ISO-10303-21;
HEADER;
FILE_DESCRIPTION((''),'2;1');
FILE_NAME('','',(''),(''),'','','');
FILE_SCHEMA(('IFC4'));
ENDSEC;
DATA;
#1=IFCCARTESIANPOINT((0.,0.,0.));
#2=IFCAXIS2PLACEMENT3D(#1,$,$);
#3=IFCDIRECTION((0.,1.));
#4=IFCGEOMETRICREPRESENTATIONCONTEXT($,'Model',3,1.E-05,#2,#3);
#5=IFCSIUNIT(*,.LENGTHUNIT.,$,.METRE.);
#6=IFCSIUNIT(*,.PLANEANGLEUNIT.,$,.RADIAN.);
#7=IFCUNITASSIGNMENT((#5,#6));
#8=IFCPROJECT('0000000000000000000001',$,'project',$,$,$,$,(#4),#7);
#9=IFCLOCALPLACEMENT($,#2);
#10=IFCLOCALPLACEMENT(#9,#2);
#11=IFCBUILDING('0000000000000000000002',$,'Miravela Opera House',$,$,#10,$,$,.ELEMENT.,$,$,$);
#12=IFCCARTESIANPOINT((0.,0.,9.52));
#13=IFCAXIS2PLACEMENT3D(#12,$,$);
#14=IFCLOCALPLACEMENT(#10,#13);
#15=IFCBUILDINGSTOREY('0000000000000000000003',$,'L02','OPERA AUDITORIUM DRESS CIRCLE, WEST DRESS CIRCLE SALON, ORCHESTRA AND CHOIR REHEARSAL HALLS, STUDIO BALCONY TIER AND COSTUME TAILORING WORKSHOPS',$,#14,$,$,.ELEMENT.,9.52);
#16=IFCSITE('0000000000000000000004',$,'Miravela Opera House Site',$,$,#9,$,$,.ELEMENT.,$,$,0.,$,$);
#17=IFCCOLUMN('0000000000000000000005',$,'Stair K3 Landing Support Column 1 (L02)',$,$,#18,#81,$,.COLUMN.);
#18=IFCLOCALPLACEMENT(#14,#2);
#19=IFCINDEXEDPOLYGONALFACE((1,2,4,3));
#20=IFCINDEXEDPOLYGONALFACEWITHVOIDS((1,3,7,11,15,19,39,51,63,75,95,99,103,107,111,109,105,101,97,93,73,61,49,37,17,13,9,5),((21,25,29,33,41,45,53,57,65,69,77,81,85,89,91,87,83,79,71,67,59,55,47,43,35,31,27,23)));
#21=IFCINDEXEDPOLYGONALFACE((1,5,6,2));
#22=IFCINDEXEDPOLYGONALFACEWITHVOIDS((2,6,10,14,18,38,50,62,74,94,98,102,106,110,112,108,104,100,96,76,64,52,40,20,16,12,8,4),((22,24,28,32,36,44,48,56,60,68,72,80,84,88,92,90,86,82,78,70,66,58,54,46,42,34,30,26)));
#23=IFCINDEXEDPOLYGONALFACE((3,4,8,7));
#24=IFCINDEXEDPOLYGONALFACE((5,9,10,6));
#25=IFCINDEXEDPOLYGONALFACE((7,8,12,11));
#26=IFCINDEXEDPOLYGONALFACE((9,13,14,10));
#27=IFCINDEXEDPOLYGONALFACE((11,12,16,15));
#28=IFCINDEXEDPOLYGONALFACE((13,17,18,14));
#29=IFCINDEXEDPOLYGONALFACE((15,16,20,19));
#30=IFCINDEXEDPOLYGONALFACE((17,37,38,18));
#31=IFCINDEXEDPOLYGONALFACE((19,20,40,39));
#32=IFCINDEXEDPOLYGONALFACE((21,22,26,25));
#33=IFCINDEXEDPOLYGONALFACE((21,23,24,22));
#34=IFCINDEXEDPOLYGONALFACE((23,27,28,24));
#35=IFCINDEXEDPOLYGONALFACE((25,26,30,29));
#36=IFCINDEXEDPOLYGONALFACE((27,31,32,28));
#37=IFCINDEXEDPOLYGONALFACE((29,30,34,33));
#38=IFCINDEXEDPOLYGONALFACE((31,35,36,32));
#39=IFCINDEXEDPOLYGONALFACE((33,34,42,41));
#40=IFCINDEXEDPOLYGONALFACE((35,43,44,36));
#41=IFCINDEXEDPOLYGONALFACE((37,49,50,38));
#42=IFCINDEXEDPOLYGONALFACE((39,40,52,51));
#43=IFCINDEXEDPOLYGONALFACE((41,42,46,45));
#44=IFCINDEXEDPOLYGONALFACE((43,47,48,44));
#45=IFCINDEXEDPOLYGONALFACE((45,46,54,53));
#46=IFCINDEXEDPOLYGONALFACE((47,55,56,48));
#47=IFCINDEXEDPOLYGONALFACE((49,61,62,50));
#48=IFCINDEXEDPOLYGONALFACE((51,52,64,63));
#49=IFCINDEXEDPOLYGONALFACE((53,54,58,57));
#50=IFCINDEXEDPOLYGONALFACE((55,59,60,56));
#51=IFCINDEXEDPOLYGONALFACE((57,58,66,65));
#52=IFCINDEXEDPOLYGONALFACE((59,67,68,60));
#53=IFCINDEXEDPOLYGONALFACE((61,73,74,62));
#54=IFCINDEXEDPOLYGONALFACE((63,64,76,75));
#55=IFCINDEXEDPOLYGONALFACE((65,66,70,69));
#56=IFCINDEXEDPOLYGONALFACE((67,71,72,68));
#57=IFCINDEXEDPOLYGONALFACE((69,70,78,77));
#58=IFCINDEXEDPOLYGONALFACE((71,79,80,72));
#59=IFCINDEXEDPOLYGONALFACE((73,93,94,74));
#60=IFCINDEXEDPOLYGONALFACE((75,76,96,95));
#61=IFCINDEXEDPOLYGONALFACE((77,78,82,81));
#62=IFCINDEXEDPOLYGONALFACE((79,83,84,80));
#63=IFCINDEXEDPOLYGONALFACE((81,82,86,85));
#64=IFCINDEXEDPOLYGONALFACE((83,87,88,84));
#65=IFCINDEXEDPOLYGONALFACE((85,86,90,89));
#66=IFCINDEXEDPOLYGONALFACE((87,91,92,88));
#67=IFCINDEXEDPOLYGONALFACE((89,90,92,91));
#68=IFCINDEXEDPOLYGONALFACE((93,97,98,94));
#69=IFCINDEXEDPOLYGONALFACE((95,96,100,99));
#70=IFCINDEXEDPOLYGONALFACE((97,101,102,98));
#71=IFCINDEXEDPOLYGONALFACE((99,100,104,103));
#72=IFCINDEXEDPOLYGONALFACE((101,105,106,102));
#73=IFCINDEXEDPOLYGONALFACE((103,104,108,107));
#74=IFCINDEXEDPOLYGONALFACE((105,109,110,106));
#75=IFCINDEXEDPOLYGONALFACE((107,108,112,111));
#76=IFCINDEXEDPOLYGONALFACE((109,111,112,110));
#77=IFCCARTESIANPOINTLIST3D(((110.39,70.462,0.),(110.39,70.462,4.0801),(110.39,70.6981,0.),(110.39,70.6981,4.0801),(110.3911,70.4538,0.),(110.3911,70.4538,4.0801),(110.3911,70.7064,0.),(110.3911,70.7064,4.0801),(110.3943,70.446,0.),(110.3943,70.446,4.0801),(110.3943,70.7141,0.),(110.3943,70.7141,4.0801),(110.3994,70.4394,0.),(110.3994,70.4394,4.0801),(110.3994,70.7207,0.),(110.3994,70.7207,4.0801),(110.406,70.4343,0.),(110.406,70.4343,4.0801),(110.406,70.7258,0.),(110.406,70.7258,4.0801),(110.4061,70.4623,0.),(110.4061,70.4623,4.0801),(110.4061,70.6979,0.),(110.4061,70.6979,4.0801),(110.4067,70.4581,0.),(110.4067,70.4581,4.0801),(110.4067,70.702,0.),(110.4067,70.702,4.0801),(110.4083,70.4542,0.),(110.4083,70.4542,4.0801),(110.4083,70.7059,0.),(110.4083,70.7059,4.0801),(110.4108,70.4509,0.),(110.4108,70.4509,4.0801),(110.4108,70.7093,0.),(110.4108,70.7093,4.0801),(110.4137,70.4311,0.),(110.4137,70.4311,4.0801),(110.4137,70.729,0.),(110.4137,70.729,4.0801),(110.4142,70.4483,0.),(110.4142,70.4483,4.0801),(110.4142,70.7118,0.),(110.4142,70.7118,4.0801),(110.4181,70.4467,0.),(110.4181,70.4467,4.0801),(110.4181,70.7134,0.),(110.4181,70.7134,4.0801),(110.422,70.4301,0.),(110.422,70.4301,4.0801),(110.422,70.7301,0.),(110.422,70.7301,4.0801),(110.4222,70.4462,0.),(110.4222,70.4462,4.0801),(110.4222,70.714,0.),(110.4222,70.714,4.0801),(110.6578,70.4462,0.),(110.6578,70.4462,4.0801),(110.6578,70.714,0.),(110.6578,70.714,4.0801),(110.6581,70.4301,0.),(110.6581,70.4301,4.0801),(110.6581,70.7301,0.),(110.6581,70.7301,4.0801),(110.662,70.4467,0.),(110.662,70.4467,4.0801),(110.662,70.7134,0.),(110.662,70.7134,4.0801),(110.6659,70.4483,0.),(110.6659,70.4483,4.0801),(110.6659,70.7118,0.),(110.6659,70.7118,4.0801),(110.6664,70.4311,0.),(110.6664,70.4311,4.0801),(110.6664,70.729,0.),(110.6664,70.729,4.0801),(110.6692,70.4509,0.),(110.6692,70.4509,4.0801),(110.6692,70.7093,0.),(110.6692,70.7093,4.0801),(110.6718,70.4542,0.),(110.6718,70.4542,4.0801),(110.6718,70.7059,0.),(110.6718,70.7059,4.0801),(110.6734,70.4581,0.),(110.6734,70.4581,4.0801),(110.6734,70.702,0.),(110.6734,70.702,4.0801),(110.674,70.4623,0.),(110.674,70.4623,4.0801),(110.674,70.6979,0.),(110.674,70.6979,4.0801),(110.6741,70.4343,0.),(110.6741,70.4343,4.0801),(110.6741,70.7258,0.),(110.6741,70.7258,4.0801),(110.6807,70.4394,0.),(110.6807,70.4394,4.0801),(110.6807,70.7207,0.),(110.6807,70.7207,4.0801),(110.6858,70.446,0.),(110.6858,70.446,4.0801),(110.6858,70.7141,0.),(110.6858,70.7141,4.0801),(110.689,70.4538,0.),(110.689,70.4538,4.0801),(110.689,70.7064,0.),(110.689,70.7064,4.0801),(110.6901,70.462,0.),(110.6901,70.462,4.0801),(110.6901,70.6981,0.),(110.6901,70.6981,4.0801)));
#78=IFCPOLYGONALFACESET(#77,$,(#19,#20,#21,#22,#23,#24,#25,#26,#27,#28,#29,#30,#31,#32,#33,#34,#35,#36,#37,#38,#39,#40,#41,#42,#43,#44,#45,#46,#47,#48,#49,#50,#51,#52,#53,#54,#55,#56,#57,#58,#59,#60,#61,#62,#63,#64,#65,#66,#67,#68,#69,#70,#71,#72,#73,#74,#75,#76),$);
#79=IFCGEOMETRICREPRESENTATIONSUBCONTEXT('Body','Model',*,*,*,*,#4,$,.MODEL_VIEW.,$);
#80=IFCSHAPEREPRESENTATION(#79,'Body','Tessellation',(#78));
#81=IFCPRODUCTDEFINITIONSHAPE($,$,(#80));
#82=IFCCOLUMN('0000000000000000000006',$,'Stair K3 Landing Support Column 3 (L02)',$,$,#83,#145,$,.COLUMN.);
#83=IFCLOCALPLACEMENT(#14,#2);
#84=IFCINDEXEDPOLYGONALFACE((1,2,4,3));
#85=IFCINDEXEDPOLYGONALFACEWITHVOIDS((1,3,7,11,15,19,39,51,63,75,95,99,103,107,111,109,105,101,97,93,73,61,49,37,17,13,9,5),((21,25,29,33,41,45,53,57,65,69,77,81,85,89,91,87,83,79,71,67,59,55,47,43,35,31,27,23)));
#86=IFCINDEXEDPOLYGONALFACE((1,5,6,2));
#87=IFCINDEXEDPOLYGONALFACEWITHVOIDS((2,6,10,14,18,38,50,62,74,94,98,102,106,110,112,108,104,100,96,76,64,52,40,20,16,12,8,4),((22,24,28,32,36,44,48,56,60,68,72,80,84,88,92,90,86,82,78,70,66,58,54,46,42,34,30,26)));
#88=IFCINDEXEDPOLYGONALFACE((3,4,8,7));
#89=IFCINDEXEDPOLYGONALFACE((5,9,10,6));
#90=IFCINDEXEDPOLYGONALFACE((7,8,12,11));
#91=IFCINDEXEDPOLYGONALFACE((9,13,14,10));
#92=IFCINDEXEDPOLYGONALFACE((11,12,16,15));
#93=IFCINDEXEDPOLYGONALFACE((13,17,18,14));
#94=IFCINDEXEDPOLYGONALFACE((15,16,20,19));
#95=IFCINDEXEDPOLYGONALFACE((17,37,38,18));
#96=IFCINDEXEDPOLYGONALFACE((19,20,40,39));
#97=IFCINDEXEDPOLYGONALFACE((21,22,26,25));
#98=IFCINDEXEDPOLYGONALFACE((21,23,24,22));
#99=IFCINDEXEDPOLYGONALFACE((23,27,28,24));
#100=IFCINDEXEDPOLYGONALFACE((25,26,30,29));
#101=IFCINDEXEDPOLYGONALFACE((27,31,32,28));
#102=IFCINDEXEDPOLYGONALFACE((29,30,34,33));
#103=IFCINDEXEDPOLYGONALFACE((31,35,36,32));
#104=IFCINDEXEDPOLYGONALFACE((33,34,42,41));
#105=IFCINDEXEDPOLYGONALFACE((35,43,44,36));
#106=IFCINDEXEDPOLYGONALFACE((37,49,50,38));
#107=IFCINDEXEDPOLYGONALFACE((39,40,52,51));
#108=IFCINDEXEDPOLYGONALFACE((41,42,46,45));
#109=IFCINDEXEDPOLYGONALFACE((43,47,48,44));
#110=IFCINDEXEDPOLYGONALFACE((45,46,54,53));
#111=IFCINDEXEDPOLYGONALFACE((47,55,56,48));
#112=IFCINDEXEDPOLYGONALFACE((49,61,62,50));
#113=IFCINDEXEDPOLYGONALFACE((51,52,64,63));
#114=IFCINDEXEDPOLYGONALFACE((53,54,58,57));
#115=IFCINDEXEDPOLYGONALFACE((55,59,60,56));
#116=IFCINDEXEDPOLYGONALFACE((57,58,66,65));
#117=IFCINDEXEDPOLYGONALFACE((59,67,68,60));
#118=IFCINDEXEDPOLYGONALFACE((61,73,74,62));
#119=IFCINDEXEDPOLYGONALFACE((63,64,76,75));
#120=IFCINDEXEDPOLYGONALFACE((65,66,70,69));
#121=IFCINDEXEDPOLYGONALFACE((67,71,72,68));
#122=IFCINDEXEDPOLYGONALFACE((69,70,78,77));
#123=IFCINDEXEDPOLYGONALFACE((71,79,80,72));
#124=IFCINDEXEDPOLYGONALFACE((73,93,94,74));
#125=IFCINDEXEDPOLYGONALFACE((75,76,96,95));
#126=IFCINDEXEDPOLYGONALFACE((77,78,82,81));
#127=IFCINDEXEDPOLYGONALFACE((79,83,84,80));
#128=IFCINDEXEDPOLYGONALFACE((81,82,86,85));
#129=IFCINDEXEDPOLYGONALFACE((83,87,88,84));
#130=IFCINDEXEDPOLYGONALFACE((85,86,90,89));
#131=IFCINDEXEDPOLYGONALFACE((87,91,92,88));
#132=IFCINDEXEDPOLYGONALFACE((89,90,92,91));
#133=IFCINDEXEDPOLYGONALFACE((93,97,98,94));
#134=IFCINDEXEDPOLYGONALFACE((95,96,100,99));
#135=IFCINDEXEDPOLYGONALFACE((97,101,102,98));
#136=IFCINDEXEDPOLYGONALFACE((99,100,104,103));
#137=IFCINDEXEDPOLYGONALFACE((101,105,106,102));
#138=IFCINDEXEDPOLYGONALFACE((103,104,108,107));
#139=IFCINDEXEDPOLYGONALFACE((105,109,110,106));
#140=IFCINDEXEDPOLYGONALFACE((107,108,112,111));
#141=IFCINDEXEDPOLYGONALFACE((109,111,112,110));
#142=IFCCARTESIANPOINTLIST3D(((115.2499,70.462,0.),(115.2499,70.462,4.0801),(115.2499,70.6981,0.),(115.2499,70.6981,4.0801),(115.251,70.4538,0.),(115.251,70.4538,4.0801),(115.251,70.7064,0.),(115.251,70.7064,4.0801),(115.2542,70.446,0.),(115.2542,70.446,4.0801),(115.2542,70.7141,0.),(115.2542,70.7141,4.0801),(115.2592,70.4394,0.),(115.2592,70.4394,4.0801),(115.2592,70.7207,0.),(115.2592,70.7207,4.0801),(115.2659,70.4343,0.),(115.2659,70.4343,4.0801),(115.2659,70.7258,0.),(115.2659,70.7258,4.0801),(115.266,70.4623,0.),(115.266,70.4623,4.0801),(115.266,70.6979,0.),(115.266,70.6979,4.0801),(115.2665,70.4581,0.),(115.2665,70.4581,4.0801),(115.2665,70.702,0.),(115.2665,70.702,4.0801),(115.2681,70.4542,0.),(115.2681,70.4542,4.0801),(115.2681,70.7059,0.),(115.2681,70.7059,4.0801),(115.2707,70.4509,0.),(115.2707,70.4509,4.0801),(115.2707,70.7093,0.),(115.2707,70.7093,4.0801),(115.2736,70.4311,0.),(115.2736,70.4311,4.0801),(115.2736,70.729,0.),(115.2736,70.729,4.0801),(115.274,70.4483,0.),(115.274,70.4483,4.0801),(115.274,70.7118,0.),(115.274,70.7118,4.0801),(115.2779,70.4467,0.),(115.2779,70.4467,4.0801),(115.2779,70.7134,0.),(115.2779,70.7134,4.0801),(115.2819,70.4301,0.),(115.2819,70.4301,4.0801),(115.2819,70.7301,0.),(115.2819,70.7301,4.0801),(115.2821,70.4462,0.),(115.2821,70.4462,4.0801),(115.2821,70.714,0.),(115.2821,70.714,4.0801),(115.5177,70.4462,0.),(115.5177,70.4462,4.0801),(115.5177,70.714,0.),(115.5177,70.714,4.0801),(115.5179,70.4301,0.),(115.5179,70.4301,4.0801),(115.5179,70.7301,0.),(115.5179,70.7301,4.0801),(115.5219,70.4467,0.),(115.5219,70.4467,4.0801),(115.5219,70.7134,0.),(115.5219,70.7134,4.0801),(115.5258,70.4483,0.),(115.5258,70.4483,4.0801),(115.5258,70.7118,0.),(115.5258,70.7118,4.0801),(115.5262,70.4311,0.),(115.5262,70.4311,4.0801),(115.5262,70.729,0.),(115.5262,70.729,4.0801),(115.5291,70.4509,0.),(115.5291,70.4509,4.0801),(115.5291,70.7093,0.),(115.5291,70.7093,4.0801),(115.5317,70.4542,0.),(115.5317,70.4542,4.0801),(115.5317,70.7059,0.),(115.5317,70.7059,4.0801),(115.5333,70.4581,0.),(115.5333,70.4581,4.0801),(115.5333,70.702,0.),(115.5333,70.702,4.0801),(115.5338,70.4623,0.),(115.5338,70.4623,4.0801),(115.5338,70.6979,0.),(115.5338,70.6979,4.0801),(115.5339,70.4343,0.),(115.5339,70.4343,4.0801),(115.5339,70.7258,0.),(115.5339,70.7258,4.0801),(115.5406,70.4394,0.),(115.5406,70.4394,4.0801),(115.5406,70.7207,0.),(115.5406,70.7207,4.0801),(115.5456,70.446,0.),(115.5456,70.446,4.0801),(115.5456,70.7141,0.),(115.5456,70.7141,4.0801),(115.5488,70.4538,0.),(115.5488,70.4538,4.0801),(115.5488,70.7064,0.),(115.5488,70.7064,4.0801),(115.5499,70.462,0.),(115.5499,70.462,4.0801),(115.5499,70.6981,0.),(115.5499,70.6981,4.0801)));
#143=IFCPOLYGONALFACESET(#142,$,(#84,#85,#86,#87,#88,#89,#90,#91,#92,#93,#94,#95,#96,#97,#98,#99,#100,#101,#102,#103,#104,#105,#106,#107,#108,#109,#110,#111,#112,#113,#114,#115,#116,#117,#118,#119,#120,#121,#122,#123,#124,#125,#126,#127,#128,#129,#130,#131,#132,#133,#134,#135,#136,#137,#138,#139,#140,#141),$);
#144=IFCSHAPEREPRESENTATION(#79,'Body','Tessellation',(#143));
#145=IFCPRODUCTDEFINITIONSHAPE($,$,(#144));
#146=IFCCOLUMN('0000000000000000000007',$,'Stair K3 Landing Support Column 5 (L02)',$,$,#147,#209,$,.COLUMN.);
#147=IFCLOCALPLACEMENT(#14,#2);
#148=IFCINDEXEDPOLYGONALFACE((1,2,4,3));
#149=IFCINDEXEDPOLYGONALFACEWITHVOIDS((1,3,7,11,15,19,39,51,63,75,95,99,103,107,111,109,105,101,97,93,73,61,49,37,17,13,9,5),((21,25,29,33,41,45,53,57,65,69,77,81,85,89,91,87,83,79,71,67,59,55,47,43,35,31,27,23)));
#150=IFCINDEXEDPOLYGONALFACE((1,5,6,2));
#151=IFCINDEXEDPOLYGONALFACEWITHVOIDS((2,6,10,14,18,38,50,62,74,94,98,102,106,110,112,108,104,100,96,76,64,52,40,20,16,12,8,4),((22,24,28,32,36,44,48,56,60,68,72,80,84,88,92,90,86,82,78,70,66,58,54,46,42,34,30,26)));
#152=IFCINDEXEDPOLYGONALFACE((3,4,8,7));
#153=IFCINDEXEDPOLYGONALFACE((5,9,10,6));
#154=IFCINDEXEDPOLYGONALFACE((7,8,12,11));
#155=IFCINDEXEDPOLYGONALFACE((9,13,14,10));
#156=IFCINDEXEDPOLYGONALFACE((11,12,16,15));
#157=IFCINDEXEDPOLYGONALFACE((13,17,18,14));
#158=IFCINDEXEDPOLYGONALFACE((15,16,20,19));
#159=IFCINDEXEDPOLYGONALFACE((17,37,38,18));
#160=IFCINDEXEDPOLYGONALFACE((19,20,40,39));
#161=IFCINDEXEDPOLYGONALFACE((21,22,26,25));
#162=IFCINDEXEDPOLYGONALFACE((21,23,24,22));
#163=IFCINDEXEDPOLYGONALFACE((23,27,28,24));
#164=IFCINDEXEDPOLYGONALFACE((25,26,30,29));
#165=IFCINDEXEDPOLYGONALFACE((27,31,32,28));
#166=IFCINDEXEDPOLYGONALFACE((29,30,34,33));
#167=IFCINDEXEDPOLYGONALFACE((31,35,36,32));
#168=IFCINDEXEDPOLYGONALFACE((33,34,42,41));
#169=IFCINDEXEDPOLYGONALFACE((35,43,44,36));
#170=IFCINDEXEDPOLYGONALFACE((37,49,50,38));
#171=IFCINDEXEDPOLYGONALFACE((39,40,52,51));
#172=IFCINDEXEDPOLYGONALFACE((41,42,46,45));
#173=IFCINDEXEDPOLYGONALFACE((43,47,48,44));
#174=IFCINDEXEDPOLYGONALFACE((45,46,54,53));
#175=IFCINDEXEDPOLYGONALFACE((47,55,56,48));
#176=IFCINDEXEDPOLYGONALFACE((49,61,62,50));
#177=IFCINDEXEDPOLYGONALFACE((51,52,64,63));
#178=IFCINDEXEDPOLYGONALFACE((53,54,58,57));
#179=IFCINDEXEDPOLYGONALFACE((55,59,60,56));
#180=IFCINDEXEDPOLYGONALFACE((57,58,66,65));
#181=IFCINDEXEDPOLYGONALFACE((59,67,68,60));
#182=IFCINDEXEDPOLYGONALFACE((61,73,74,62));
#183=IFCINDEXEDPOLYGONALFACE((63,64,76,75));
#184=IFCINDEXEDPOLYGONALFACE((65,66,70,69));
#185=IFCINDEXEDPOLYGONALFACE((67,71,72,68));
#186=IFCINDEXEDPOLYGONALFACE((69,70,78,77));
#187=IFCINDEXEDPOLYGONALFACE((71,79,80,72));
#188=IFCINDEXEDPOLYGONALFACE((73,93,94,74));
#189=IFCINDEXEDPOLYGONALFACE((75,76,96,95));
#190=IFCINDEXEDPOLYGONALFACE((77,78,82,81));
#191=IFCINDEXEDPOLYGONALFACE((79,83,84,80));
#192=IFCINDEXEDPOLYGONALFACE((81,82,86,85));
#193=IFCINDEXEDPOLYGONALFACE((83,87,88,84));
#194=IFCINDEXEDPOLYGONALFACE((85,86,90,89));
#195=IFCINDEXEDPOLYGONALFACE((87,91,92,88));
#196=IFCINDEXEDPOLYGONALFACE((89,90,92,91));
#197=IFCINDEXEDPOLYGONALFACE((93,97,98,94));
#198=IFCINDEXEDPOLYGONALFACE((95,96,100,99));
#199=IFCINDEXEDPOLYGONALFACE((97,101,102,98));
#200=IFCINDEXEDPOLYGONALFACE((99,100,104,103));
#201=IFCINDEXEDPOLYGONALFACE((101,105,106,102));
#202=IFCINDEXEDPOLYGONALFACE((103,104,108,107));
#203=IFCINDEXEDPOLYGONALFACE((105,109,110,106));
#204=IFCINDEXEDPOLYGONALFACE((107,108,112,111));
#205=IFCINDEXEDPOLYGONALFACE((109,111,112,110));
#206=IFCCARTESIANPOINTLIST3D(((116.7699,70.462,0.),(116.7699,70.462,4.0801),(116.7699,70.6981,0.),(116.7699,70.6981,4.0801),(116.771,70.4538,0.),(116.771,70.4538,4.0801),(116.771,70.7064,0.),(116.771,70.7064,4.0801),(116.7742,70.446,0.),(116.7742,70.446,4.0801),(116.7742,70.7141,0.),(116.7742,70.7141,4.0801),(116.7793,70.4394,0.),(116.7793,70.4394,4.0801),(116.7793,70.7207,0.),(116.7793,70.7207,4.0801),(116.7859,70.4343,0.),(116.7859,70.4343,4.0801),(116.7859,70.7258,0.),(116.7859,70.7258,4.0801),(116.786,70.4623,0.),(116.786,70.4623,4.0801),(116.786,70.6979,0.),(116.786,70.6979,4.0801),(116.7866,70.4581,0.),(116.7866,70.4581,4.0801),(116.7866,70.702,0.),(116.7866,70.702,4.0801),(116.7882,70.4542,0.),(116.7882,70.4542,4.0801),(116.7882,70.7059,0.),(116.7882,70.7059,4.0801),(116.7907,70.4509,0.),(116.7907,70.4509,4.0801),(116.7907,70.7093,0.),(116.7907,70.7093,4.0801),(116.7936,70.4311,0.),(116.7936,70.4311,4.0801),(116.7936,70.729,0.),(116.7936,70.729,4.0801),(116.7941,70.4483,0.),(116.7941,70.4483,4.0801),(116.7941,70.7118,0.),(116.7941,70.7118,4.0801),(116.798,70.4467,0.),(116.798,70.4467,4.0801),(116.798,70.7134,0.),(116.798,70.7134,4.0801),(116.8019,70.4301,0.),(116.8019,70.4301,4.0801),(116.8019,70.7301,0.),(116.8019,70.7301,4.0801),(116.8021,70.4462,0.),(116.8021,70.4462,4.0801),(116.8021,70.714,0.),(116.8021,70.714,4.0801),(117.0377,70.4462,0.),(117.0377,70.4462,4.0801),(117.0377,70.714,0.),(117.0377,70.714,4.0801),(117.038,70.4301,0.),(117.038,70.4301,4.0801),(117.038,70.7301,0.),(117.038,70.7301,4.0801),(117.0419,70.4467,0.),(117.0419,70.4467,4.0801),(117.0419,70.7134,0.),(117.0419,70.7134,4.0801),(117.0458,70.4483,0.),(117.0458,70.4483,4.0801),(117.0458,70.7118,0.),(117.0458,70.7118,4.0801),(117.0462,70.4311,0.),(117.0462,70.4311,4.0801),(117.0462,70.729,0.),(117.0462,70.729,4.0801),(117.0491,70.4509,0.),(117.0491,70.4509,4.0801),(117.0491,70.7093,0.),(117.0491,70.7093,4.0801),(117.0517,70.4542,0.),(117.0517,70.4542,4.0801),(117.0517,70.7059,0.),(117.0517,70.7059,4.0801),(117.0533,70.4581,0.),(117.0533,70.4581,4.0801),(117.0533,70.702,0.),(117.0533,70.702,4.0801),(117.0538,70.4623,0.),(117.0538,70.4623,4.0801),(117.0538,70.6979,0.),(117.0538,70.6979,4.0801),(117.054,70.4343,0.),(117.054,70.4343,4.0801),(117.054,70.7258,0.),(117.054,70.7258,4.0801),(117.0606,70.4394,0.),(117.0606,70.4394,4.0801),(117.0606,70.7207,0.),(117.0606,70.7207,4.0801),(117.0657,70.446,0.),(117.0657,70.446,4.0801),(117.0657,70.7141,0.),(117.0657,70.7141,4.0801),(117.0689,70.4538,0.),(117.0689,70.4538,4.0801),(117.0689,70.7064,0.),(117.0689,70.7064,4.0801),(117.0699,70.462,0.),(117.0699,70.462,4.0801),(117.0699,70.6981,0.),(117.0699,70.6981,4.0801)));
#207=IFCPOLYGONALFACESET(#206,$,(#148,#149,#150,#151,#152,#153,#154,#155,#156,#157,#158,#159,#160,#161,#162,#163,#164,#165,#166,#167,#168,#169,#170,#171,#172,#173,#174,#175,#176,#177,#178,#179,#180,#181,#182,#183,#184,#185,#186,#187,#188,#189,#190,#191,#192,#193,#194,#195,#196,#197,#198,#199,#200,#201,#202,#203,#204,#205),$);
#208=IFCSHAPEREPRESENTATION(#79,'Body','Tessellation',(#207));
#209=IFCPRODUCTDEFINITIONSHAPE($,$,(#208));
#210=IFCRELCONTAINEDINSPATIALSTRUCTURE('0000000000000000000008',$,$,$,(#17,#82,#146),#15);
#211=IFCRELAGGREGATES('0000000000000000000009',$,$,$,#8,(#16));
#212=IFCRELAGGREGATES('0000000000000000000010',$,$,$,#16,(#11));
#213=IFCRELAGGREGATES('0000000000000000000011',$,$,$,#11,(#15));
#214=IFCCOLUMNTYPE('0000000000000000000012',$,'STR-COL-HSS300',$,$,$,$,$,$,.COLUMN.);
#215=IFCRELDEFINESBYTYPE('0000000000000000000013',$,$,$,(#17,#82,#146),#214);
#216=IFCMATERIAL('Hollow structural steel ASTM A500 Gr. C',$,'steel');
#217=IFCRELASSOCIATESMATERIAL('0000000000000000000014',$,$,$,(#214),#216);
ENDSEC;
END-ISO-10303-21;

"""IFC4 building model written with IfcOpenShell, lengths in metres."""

from ifc_helpers import new_model, si_unit, direction, frame, origin, origin_2d, place, context, subcontext, project, spatial, hollow_rectangle, extrude, material, material_profile, profile_set, type_object, element, save


model = new_model("IFC4")

# Units and contexts
model_context = context("Model", 3, precision=1e-05, world=origin(), true_north=direction((0.0, 1.0)))
body_context = subcontext(model_context, "Body", "Model", "MODEL_VIEW")
ifc_project = project(units=[si_unit("LENGTHUNIT", "METRE"), si_unit("PLANEANGLEUNIT", "RADIAN")], contexts=[model_context])

# Site, building, storey
site_placement = place(None, origin())
site = spatial("IfcSite", under=ifc_project, at=site_placement, Name="Miravela Opera House Site", CompositionType="ELEMENT", RefElevation=0.0)
building_placement = place(site_placement, origin())
building = spatial("IfcBuilding", under=site, at=building_placement, Name="Miravela Opera House", CompositionType="ELEMENT")
storey_placement = place(building_placement, frame((0.0, 0.0, 9.52)))
storey = spatial("IfcBuildingStorey", under=building, at=storey_placement, Name="L02", Description="OPERA AUDITORIUM DRESS CIRCLE, WEST DRESS CIRCLE SALON, ORCHESTRA AND CHOIR REHEARSAL HALLS, STUDIO BALCONY TIER AND COSTUME TAILORING WORKSHOPS", CompositionType="ELEMENT", Elevation=9.52)

# Columns
ifc_material_1 = material(Name="Hollow structural steel ASTM A500 Gr. C", Category="steel")
ifc_material_profile_1 = material_profile(ifc_material_1, hollow_rectangle(XDim=0.3, YDim=0.3, WallThickness=0.0161, InnerFilletRadius=0.0161, OuterFilletRadius=0.032, at=origin_2d()), Name="HSS300X300X16")
ifc_profile_set_1 = profile_set([ifc_material_profile_1])
column_type_1 = type_object("IfcColumnType", Name="STR-COL-HSS300", PredefinedType="COLUMN", material=ifc_profile_set_1)
for number, where, z_axis, x_axis, name in (
    (1, (110.54, 70.5801, 0.0), (0.0, 0.0, 1.0), (1.0, 0.0, 0.0), "Stair K3 Landing Support Column 1 (L02)"),
    (2, (115.3999, 70.5801, 0.0), (0.0, 0.0, 1.0), (1.0, 0.0, 0.0), "Stair K3 Landing Support Column 3 (L02)"),
    (3, (116.9199, 70.5801, 0.0), (0.0, 0.0, 1.0), (1.0, 0.0, 0.0), "Stair K3 Landing Support Column 5 (L02)"),
):
    element("IfcColumn", number, at=place(storey_placement, frame(where, z_axis=z_axis, x_axis=x_axis)), inside=storey, type_object=column_type_1, Name=name, PredefinedType="COLUMN", context=body_context, shape_type="SweptSolid", body=[
        extrude(hollow_rectangle(XDim=0.3, YDim=0.3, WallThickness=0.0161, InnerFilletRadius=0.0161, OuterFilletRadius=0.032, at=origin_2d()), origin(), (0.0, 0.0, 1.0), 4.0801),
    ])

save(model, "model.ifc")
